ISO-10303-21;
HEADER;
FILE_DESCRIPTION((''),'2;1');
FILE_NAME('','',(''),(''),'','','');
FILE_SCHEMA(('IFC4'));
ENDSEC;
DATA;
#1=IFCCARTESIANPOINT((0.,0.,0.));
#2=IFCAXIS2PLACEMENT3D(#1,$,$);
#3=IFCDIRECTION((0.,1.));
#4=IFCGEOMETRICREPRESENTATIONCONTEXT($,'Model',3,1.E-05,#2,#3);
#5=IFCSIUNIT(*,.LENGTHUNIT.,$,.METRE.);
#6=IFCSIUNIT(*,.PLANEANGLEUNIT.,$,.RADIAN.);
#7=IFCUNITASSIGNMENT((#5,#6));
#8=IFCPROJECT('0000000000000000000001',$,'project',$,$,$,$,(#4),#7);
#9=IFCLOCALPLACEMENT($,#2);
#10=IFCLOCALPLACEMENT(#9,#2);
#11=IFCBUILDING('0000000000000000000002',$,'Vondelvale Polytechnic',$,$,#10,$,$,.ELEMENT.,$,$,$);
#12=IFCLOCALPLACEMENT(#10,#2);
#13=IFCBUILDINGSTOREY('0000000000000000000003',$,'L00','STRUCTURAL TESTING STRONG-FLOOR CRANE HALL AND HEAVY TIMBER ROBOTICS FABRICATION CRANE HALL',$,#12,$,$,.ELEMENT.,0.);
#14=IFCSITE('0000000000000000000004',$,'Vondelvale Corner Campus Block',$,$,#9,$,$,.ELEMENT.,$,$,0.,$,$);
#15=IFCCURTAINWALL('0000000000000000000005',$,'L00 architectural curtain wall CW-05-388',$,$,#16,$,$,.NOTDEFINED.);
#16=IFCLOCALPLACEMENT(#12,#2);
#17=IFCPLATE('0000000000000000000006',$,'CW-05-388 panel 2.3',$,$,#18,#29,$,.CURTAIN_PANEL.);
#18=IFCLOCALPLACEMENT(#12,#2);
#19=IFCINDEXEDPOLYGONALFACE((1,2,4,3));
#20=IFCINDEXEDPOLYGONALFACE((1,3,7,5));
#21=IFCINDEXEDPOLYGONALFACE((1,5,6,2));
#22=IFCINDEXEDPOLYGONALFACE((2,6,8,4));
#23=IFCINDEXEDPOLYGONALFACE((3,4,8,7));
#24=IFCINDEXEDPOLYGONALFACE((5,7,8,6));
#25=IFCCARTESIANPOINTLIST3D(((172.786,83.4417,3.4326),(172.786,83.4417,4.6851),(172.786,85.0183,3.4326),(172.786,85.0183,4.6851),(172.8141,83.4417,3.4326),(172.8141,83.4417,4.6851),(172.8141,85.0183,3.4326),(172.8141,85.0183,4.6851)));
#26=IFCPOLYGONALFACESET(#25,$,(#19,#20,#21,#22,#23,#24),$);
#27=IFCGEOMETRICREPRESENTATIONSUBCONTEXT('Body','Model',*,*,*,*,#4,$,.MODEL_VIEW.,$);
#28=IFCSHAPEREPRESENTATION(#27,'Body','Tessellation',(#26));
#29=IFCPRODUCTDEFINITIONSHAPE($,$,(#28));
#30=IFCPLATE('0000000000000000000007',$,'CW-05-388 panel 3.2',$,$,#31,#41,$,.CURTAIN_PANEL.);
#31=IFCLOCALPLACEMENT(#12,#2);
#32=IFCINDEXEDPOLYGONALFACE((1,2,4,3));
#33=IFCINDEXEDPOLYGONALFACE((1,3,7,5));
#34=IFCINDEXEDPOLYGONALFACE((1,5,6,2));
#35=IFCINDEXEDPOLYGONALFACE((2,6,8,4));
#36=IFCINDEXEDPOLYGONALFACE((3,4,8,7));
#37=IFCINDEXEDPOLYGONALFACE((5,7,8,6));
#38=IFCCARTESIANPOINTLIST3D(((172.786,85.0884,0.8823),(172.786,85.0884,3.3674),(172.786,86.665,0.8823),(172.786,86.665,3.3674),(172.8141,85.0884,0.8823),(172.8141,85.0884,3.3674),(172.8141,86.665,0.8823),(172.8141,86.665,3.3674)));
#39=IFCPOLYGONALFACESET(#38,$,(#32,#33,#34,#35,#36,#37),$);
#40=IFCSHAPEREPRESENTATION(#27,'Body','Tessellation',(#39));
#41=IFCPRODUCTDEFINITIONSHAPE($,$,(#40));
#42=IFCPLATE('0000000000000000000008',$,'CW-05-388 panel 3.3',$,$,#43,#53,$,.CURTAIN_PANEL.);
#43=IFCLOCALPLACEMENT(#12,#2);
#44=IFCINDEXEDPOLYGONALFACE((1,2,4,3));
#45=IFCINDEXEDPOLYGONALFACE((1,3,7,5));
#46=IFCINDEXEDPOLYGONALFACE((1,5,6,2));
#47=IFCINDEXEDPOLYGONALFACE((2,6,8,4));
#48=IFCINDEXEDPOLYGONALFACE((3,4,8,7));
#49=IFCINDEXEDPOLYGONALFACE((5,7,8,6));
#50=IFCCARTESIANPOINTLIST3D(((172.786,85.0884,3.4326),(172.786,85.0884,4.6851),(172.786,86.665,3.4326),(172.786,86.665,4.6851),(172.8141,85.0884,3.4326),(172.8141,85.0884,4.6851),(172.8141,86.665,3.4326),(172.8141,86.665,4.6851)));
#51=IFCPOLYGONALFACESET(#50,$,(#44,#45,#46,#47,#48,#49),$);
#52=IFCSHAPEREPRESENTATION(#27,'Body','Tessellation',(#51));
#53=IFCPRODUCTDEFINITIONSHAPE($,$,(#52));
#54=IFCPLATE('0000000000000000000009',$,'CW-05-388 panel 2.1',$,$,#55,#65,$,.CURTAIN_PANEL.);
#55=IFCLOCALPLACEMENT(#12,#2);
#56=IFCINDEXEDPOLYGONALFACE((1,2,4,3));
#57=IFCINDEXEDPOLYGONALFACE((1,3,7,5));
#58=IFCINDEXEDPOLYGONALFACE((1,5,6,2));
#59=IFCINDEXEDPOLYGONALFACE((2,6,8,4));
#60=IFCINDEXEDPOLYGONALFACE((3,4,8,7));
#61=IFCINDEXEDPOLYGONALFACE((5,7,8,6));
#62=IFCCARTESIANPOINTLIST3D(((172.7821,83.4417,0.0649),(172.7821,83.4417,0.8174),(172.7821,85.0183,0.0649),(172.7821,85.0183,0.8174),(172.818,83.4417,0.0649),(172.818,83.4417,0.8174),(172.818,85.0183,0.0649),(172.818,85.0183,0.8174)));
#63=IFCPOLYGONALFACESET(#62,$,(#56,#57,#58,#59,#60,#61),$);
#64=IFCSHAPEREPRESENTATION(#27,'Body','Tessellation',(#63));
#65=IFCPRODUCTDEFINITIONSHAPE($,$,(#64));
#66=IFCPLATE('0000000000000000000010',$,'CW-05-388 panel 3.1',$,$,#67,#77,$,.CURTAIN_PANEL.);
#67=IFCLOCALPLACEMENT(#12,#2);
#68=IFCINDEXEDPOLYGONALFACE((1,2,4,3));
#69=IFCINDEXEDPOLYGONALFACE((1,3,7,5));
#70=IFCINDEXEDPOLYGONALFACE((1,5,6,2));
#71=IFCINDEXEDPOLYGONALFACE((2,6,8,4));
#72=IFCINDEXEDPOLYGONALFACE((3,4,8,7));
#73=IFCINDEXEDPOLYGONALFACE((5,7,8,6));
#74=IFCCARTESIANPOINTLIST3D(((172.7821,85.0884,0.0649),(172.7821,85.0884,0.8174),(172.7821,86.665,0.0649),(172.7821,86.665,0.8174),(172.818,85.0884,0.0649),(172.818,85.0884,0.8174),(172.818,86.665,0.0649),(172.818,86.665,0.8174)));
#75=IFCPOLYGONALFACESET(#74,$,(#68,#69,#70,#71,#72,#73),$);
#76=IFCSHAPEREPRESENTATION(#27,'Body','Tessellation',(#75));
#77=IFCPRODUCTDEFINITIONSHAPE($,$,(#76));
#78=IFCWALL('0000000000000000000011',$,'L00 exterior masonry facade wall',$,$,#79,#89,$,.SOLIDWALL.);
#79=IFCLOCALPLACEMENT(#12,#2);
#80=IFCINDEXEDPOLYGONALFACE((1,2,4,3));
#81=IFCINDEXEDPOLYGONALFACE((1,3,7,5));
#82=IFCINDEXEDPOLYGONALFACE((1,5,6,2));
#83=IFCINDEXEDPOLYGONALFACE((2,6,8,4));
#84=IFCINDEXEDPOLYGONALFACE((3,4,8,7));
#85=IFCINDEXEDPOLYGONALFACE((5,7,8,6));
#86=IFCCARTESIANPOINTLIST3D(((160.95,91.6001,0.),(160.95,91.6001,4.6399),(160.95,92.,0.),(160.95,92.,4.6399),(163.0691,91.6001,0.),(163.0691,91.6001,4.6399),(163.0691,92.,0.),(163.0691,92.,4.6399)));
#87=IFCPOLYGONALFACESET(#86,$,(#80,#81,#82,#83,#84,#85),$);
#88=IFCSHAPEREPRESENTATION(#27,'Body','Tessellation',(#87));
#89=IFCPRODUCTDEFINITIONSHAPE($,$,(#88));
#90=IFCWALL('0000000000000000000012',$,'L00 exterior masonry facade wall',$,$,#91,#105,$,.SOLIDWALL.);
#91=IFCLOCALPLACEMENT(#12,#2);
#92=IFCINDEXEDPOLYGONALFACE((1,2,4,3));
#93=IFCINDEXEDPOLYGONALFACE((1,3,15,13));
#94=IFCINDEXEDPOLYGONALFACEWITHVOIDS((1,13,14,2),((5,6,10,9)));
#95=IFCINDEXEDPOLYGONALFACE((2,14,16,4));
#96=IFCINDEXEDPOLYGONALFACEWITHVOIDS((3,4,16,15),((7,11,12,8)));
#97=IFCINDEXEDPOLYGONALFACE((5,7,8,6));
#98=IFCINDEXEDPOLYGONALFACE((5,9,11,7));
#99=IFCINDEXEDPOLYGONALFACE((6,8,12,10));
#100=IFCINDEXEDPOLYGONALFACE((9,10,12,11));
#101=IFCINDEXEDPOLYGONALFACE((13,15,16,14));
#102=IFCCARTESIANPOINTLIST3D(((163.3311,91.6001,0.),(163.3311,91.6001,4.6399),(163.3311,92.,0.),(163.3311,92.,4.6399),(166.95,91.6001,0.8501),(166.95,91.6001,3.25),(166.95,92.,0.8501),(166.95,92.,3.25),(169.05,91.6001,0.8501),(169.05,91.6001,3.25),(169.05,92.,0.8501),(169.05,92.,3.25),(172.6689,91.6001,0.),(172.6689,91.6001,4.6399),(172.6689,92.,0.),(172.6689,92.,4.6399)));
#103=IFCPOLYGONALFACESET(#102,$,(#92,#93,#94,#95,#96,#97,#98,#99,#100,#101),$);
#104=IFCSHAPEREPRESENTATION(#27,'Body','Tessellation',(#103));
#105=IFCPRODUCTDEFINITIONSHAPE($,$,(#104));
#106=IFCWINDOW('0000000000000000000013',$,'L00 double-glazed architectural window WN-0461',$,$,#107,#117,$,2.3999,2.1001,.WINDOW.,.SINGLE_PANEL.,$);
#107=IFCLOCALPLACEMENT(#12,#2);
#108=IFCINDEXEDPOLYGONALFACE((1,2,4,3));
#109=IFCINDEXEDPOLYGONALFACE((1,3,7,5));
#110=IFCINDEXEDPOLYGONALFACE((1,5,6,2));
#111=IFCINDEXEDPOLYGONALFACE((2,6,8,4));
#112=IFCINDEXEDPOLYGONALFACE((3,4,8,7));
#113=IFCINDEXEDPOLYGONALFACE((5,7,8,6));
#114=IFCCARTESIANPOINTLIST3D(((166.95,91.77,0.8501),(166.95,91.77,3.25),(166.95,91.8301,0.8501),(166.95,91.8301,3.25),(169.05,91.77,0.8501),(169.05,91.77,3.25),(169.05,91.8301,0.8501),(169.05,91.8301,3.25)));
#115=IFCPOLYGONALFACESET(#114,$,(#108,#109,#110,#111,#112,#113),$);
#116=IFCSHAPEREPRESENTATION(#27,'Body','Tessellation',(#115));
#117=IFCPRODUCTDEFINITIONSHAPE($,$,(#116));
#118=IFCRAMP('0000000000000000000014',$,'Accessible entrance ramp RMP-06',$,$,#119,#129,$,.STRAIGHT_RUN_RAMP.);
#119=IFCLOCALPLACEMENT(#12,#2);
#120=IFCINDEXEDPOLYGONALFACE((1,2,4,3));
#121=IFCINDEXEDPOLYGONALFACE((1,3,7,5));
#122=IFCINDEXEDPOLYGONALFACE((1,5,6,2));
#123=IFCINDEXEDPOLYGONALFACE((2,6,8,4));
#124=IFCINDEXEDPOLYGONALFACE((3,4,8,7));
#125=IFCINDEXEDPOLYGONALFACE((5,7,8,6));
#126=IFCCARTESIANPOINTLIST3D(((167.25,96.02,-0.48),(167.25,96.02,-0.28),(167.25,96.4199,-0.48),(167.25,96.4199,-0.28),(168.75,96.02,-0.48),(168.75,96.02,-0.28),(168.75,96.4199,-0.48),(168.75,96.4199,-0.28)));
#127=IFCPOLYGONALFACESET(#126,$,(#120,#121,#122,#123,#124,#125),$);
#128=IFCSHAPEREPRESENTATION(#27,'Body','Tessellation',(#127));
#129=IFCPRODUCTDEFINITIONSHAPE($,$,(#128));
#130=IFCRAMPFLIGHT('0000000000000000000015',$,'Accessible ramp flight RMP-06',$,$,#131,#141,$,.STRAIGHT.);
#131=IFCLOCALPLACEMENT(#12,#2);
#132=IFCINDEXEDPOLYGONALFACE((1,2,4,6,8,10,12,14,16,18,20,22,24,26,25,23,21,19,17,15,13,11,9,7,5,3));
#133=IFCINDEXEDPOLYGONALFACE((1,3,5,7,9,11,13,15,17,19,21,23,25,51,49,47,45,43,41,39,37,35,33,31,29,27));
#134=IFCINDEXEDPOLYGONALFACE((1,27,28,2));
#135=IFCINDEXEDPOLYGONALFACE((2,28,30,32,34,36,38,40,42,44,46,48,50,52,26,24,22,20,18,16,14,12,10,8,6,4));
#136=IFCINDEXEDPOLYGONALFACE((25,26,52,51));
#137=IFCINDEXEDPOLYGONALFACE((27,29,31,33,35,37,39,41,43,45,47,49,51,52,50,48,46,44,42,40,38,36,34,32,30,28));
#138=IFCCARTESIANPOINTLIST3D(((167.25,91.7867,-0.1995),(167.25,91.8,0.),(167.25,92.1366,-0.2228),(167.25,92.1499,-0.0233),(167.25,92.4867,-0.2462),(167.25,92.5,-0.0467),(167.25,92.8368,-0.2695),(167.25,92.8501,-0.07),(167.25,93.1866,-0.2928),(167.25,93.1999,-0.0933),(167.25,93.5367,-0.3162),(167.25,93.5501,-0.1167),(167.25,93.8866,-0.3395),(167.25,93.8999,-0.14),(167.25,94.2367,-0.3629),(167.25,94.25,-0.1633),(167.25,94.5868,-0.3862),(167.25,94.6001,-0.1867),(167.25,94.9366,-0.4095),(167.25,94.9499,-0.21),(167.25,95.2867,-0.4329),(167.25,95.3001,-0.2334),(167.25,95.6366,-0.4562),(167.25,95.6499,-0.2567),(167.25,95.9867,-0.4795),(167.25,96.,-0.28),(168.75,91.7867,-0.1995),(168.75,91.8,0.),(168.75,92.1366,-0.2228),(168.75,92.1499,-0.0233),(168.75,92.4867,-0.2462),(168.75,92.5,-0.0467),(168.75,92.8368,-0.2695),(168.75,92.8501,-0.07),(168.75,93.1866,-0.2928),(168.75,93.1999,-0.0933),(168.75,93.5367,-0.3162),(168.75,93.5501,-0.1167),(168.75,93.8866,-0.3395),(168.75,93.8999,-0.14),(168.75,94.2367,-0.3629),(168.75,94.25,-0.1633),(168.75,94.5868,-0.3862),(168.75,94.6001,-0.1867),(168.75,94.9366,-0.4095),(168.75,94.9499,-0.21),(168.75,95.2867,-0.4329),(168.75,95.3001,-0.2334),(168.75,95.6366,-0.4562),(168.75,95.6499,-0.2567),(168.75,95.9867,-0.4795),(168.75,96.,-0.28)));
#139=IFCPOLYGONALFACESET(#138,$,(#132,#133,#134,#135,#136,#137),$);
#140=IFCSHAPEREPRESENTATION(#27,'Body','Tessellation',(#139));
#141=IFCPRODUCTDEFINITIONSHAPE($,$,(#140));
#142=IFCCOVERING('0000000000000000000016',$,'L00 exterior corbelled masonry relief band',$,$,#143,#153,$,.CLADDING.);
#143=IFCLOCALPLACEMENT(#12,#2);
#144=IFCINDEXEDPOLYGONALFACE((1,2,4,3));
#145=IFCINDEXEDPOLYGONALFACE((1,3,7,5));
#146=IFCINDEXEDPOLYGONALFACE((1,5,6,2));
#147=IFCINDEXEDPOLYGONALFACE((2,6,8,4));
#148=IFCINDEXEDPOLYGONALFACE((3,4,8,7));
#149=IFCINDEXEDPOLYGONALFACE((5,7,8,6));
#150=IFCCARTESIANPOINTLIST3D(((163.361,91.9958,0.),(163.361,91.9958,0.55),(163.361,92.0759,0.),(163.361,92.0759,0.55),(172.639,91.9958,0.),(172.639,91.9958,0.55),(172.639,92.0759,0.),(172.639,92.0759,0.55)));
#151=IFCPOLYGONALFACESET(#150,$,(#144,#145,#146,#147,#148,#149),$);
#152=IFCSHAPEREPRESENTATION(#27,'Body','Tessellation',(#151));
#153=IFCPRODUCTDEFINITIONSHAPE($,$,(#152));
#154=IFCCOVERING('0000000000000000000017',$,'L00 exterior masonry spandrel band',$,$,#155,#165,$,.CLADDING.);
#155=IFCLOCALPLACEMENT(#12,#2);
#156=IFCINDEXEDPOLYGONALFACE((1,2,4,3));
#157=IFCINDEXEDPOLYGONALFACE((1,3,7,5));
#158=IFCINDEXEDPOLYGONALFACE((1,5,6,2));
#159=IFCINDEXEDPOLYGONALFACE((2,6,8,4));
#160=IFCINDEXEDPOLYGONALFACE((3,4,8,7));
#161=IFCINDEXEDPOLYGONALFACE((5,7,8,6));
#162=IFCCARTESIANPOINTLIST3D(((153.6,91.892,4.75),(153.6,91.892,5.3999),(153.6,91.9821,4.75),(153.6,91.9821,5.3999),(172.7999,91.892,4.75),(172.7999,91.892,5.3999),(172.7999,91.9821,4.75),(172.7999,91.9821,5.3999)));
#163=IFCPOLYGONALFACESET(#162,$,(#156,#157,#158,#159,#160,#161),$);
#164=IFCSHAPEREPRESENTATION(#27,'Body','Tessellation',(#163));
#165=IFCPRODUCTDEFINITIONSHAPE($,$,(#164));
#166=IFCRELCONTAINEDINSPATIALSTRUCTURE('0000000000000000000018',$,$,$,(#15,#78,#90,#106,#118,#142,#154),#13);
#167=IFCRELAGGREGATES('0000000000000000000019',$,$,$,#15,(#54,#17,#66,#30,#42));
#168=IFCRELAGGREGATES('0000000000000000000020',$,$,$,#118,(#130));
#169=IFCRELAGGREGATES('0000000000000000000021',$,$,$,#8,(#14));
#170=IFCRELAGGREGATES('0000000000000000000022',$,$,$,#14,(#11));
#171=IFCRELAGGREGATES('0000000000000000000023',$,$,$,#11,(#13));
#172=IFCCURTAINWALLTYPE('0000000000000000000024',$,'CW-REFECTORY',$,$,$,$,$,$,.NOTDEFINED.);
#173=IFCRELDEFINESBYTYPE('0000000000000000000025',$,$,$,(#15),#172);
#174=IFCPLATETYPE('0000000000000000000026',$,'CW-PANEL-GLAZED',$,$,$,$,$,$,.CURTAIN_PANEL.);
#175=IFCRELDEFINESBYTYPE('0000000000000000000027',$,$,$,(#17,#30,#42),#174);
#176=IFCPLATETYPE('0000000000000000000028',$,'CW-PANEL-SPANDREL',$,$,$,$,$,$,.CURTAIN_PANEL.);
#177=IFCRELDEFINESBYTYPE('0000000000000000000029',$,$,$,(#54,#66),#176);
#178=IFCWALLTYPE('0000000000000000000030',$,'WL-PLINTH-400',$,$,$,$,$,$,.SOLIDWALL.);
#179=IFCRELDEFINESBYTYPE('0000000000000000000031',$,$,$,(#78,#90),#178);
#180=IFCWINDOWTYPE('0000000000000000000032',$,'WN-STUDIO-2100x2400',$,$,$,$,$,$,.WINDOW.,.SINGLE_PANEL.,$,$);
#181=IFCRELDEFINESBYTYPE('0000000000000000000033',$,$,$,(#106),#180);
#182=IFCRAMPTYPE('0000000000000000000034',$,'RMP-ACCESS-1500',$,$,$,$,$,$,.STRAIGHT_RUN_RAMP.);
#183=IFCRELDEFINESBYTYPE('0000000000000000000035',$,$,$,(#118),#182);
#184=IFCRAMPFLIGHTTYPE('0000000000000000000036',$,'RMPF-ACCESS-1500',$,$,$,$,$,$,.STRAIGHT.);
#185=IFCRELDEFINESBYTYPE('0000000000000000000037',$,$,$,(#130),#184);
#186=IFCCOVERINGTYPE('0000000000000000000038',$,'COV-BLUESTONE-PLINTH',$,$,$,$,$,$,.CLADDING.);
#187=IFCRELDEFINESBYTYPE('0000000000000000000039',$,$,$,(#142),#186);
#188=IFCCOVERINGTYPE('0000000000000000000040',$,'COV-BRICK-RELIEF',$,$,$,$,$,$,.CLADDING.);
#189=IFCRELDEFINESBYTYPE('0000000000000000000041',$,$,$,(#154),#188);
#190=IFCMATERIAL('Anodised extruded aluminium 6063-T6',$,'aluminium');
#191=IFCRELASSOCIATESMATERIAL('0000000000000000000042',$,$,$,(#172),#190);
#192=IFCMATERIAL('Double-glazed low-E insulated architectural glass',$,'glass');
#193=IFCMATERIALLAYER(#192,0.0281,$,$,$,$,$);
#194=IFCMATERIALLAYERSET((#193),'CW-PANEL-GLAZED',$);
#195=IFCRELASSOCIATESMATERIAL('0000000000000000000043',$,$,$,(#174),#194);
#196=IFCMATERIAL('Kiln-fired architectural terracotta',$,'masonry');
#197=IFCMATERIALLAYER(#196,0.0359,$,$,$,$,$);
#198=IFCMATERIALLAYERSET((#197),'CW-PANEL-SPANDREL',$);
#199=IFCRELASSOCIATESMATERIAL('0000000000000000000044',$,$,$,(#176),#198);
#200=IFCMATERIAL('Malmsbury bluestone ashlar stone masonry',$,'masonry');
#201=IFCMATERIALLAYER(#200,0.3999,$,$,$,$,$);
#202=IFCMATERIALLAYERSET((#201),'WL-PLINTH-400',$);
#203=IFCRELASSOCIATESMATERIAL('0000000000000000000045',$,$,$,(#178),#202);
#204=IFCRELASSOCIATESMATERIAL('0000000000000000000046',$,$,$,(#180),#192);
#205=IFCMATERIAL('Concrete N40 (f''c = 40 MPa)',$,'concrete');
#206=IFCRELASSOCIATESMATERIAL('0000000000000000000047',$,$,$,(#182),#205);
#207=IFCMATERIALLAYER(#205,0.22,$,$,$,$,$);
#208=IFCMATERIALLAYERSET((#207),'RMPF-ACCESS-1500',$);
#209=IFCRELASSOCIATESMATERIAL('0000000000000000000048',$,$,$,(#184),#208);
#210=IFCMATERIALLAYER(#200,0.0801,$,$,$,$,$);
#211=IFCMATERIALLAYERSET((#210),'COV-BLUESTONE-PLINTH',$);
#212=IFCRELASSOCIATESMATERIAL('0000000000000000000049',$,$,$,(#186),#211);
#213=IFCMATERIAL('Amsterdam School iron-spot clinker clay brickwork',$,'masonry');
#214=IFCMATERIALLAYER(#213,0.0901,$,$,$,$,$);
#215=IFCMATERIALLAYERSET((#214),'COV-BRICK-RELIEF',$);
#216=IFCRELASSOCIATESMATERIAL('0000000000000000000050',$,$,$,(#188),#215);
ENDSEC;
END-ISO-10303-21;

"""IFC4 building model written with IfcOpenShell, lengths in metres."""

from ifc_helpers import new_model, si_unit, direction, frame, frame_2d, origin, origin_2d, place, context, subcontext, project, spatial, polyline, rectangle, outline, extrude, material, layer, layer_set, type_object, element, fill, aggregate, save


model = new_model("IFC4")

# Units and contexts
model_context = context("Model", 3, precision=1e-05, world=origin(), true_north=direction((0.0, 1.0)))
body_context = subcontext(model_context, "Body", "Model", "MODEL_VIEW")
ifc_project = project(units=[si_unit("LENGTHUNIT", "METRE"), si_unit("PLANEANGLEUNIT", "RADIAN")], contexts=[model_context])

# Site, building, storey
site_placement = place(None, origin())
site = spatial("IfcSite", under=ifc_project, at=site_placement, Name="Vondelvale Corner Campus Block", CompositionType="ELEMENT", RefElevation=0.0)
building_placement = place(site_placement, origin())
building = spatial("IfcBuilding", under=site, at=building_placement, Name="Vondelvale Polytechnic", CompositionType="ELEMENT")
storey_placement = place(building_placement, origin())
storey = spatial("IfcBuildingStorey", under=building, at=storey_placement, Name="L00", Description="STRUCTURAL TESTING STRONG-FLOOR CRANE HALL AND HEAVY TIMBER ROBOTICS FABRICATION CRANE HALL", CompositionType="ELEMENT", Elevation=0.0)

# Shared definitions
ifc_material_1 = material(Name="Concrete N40 (f'c = 40 MPa)", Category="concrete")

# Curtain wall, plates
ifc_material_2 = material(Name="Anodised extruded aluminium 6063-T6", Category="aluminium")
curtain_wall_type = type_object("IfcCurtainWallType", Name="CW-REFECTORY", PredefinedType="NOTDEFINED", material=ifc_material_2)
curtain_wall_placement = place(storey_placement, origin())
curtain_wall = element("IfcCurtainWall", 1, at=curtain_wall_placement, inside=storey, type_object=curtain_wall_type, Name="L00 architectural curtain wall CW-05-388", PredefinedType="NOTDEFINED")
ifc_material_3 = material(Name="Double-glazed low-E insulated architectural glass", Category="glass")
ifc_layer_1 = layer(ifc_material_3, 0.0281)
ifc_layer_set_1 = layer_set([ifc_layer_1], Name="CW-PANEL-GLAZED")
plate_type_1 = type_object("IfcPlateType", Name="CW-PANEL-GLAZED", PredefinedType="CURTAIN_PANEL", material=ifc_layer_set_1)
plate_1_placement = place(storey_placement, frame((172.8, 84.23, 3.4326), z_axis=(0.0, 0.0, 1.0), x_axis=(0.0, 1.0, 0.0)))
plate_1 = element("IfcPlate", 2, at=plate_1_placement, type_object=plate_type_1, Name="CW-05-388 panel 2.3", PredefinedType="CURTAIN_PANEL", context=body_context, shape_type="SweptSolid", body=[
    extrude(rectangle(XDim=1.5767, YDim=0.0281, at=origin_2d()), origin(), (0.0, 0.0, 1.0), 1.2524),
])
plate_2_placement = place(storey_placement, frame((172.8, 85.8767, 0.8823), z_axis=(0.0, 0.0, 1.0), x_axis=(0.0, 1.0, 0.0)))
plate_2 = element("IfcPlate", 3, at=plate_2_placement, type_object=plate_type_1, Name="CW-05-388 panel 3.2", PredefinedType="CURTAIN_PANEL", context=body_context, shape_type="SweptSolid", body=[
    extrude(rectangle(XDim=1.5767, YDim=0.0281, at=origin_2d()), origin(), (0.0, 0.0, 1.0), 2.4851),
])
plate_3_placement = place(storey_placement, frame((172.8, 85.8767, 3.4326), z_axis=(0.0, 0.0, 1.0), x_axis=(0.0, 1.0, 0.0)))
plate_3 = element("IfcPlate", 4, at=plate_3_placement, type_object=plate_type_1, Name="CW-05-388 panel 3.3", PredefinedType="CURTAIN_PANEL", context=body_context, shape_type="SweptSolid", body=[
    extrude(rectangle(XDim=1.5767, YDim=0.0281, at=origin_2d()), origin(), (0.0, 0.0, 1.0), 1.2524),
])
ifc_material_4 = material(Name="Kiln-fired architectural terracotta", Category="masonry")
ifc_layer_2 = layer(ifc_material_4, 0.0359)
ifc_layer_set_2 = layer_set([ifc_layer_2], Name="CW-PANEL-SPANDREL")
plate_type_2 = type_object("IfcPlateType", Name="CW-PANEL-SPANDREL", PredefinedType="CURTAIN_PANEL", material=ifc_layer_set_2)
plate_4_placement = place(storey_placement, frame((172.8, 84.23, 0.0649), z_axis=(0.0, 0.0, 1.0), x_axis=(0.0, 1.0, 0.0)))
plate_4 = element("IfcPlate", 5, at=plate_4_placement, type_object=plate_type_2, Name="CW-05-388 panel 2.1", PredefinedType="CURTAIN_PANEL", context=body_context, shape_type="SweptSolid", body=[
    extrude(rectangle(XDim=1.5767, YDim=0.0359, at=origin_2d()), origin(), (0.0, 0.0, 1.0), 0.7524),
])
plate_5_placement = place(storey_placement, frame((172.8, 85.8767, 0.0649), z_axis=(0.0, 0.0, 1.0), x_axis=(0.0, 1.0, 0.0)))
plate_5 = element("IfcPlate", 6, at=plate_5_placement, type_object=plate_type_2, Name="CW-05-388 panel 3.1", PredefinedType="CURTAIN_PANEL", context=body_context, shape_type="SweptSolid", body=[
    extrude(rectangle(XDim=1.5767, YDim=0.0359, at=origin_2d()), origin(), (0.0, 0.0, 1.0), 0.7524),
])
aggregate(curtain_wall, [plate_4, plate_1, plate_5, plate_2, plate_3])

# Wall
ifc_material_5 = material(Name="Malmsbury bluestone ashlar stone masonry", Category="masonry")
ifc_layer_3 = layer(ifc_material_5, 0.3999)
ifc_layer_set_3 = layer_set([ifc_layer_3], Name="WL-PLINTH-400")
wall_type = type_object("IfcWallType", Name="WL-PLINTH-400", PredefinedType="SOLIDWALL", material=ifc_layer_set_3)
wall_1_placement = place(storey_placement, frame((160.95, 91.8, 0.0), z_axis=(0.0, 0.0, 1.0), x_axis=(1.0, 0.0, 0.0)))
element("IfcWall", 7, at=wall_1_placement, inside=storey, type_object=wall_type, Name="L00 exterior masonry facade wall", PredefinedType="SOLIDWALL", context=body_context, shape_type="SweptSolid", body=[
    extrude(rectangle(XDim=2.1191, YDim=0.3999, at=frame_2d((1.0596, 0.0))), origin(), (0.0, 0.0, 1.0), 4.6399),
])

# Wall, opening, window
wall_2_placement = place(storey_placement, frame((163.3311, 91.8, 0.0), z_axis=(0.0, 0.0, 1.0), x_axis=(1.0, 0.0, 0.0)))
wall_2 = element("IfcWall", 8, at=wall_2_placement, inside=storey, type_object=wall_type, Name="L00 exterior masonry facade wall", PredefinedType="SOLIDWALL", context=body_context, shape_type="SweptSolid", body=[
    extrude(rectangle(XDim=9.3379, YDim=0.3999, at=frame_2d((4.6689, 0.0))), origin(), (0.0, 0.0, 1.0), 4.6399),
])
opening_placement = place(wall_2_placement, frame((3.6189, 0.0, 0.8501)))
opening = element("IfcOpeningElement", 9, at=opening_placement, cuts=wall_2, PredefinedType="OPENING", context=body_context, shape_type="SweptSolid", body=[
    extrude(rectangle(XDim=2.1001, YDim=2.3999, at=frame_2d((1.05, 1.2))), frame((0.0, 0.21, 0.0), z_axis=(0.0, -1.0, 0.0), x_axis=(1.0, 0.0, 0.0)), (0.0, 0.0, 1.0), 0.4199),
])
window_type = type_object("IfcWindowType", Name="WN-STUDIO-2100x2400", PartitioningType="SINGLE_PANEL", PredefinedType="WINDOW", material=ifc_material_3)
window_placement = place(opening_placement, origin())
window = element("IfcWindow", 10, at=window_placement, inside=storey, type_object=window_type, Name="L00 double-glazed architectural window WN-0461", OverallHeight=2.3999, OverallWidth=2.1001, PartitioningType="SINGLE_PANEL", PredefinedType="WINDOW", context=body_context, shape_type="SweptSolid", body=[
    extrude(rectangle(XDim=2.1001, YDim=2.3999, at=frame_2d((1.05, 1.2))), frame((0.0, 0.03, 0.0), z_axis=(0.0, -1.0, 0.0), x_axis=(1.0, 0.0, 0.0)), (0.0, 0.0, 1.0), 0.0601),
])
fill(opening, window)

# Ramp, ramp flight
ramp_type = type_object("IfcRampType", Name="RMP-ACCESS-1500", PredefinedType="STRAIGHT_RUN_RAMP", material=ifc_material_1)
ramp_placement = place(storey_placement, frame((168.0, 96.22, -0.48), z_axis=(0.0, 0.0, 1.0), x_axis=(1.0, 0.0, 0.0)))
ramp = element("IfcRamp", 11, at=ramp_placement, inside=storey, type_object=ramp_type, Name="Accessible entrance ramp RMP-06", PredefinedType="STRAIGHT_RUN_RAMP", context=body_context, shape_type="SweptSolid", body=[
    extrude(rectangle(XDim=1.5, YDim=0.3999, at=origin_2d()), origin(), (0.0, 0.0, 1.0), 0.2),
])
ifc_layer_4 = layer(ifc_material_1, 0.22)
ifc_layer_set_4 = layer_set([ifc_layer_4], Name="RMPF-ACCESS-1500")
ramp_flight_type = type_object("IfcRampFlightType", Name="RMPF-ACCESS-1500", PredefinedType="STRAIGHT", material=ifc_layer_set_4)
ramp_flight_placement = place(storey_placement, frame((168.75, 96.0, -0.28), z_axis=(0.0, 0.066527, 0.997785), x_axis=(0.0, -0.997785, 0.066527)))
ramp_flight = element("IfcRampFlight", 12, at=ramp_flight_placement, type_object=ramp_flight_type, Name="Accessible ramp flight RMP-06", PredefinedType="STRAIGHT", context=body_context, shape_type="SweptSolid", body=[
    extrude(outline(polyline([(0.0, 0.0), (0.3509, 0.0), (0.7015, 0.0), (1.0524, 0.0), (1.403, 0.0), (1.7539, 0.0), (2.1048, 0.0), (2.4554, 0.0), (2.8063, 0.0), (3.1569, 0.0), (3.5078, 0.0), (3.8586, 0.0), (4.2093, 0.0), (4.2093, -1.5), (3.8586, -1.5), (3.5078, -1.5), (3.1569, -1.5), (2.8063, -1.5), (2.4554, -1.5), (2.1048, -1.5), (1.7539, -1.5), (1.403, -1.5), (1.0524, -1.5), (0.7015, -1.5), (0.3509, -1.5), (0.0, -1.5), (0.0, 0.0)])), origin(), (0.0, 0.0, -1.0), 0.2),
])
aggregate(ramp, [ramp_flight])

# Coverings
ifc_layer_5 = layer(ifc_material_5, 0.0801)
ifc_layer_set_5 = layer_set([ifc_layer_5], Name="COV-BLUESTONE-PLINTH")
covering_type_1 = type_object("IfcCoveringType", Name="COV-BLUESTONE-PLINTH", PredefinedType="CLADDING", material=ifc_layer_set_5)
covering_1_placement = place(storey_placement, frame((168.0, 92.0359, 0.0), z_axis=(0.0, 0.0, 1.0), x_axis=(1.0, 0.0, 0.0)))
element("IfcCovering", 13, at=covering_1_placement, inside=storey, type_object=covering_type_1, Name="L00 exterior corbelled masonry relief band", PredefinedType="CLADDING", context=body_context, shape_type="SweptSolid", body=[
    extrude(rectangle(XDim=9.2781, YDim=0.0801, at=origin_2d()), origin(), (0.0, 0.0, 1.0), 0.55),
])
ifc_material_6 = material(Name="Amsterdam School iron-spot clinker clay brickwork", Category="masonry")
ifc_layer_6 = layer(ifc_material_6, 0.0901)
ifc_layer_set_6 = layer_set([ifc_layer_6], Name="COV-BRICK-RELIEF")
covering_type_2 = type_object("IfcCoveringType", Name="COV-BRICK-RELIEF", PredefinedType="CLADDING", material=ifc_layer_set_6)
covering_2_placement = place(storey_placement, frame((163.2, 91.937, 4.75), z_axis=(0.0, 0.0, 1.0), x_axis=(1.0, 0.0, 0.0)))
element("IfcCovering", 14, at=covering_2_placement, inside=storey, type_object=covering_type_2, Name="L00 exterior masonry spandrel band", PredefinedType="CLADDING", context=body_context, shape_type="SweptSolid", body=[
    extrude(rectangle(XDim=19.2, YDim=0.0901, at=origin_2d()), origin(), (0.0, 0.0, 1.0), 0.6499),
])

save(model, "model.ifc")
